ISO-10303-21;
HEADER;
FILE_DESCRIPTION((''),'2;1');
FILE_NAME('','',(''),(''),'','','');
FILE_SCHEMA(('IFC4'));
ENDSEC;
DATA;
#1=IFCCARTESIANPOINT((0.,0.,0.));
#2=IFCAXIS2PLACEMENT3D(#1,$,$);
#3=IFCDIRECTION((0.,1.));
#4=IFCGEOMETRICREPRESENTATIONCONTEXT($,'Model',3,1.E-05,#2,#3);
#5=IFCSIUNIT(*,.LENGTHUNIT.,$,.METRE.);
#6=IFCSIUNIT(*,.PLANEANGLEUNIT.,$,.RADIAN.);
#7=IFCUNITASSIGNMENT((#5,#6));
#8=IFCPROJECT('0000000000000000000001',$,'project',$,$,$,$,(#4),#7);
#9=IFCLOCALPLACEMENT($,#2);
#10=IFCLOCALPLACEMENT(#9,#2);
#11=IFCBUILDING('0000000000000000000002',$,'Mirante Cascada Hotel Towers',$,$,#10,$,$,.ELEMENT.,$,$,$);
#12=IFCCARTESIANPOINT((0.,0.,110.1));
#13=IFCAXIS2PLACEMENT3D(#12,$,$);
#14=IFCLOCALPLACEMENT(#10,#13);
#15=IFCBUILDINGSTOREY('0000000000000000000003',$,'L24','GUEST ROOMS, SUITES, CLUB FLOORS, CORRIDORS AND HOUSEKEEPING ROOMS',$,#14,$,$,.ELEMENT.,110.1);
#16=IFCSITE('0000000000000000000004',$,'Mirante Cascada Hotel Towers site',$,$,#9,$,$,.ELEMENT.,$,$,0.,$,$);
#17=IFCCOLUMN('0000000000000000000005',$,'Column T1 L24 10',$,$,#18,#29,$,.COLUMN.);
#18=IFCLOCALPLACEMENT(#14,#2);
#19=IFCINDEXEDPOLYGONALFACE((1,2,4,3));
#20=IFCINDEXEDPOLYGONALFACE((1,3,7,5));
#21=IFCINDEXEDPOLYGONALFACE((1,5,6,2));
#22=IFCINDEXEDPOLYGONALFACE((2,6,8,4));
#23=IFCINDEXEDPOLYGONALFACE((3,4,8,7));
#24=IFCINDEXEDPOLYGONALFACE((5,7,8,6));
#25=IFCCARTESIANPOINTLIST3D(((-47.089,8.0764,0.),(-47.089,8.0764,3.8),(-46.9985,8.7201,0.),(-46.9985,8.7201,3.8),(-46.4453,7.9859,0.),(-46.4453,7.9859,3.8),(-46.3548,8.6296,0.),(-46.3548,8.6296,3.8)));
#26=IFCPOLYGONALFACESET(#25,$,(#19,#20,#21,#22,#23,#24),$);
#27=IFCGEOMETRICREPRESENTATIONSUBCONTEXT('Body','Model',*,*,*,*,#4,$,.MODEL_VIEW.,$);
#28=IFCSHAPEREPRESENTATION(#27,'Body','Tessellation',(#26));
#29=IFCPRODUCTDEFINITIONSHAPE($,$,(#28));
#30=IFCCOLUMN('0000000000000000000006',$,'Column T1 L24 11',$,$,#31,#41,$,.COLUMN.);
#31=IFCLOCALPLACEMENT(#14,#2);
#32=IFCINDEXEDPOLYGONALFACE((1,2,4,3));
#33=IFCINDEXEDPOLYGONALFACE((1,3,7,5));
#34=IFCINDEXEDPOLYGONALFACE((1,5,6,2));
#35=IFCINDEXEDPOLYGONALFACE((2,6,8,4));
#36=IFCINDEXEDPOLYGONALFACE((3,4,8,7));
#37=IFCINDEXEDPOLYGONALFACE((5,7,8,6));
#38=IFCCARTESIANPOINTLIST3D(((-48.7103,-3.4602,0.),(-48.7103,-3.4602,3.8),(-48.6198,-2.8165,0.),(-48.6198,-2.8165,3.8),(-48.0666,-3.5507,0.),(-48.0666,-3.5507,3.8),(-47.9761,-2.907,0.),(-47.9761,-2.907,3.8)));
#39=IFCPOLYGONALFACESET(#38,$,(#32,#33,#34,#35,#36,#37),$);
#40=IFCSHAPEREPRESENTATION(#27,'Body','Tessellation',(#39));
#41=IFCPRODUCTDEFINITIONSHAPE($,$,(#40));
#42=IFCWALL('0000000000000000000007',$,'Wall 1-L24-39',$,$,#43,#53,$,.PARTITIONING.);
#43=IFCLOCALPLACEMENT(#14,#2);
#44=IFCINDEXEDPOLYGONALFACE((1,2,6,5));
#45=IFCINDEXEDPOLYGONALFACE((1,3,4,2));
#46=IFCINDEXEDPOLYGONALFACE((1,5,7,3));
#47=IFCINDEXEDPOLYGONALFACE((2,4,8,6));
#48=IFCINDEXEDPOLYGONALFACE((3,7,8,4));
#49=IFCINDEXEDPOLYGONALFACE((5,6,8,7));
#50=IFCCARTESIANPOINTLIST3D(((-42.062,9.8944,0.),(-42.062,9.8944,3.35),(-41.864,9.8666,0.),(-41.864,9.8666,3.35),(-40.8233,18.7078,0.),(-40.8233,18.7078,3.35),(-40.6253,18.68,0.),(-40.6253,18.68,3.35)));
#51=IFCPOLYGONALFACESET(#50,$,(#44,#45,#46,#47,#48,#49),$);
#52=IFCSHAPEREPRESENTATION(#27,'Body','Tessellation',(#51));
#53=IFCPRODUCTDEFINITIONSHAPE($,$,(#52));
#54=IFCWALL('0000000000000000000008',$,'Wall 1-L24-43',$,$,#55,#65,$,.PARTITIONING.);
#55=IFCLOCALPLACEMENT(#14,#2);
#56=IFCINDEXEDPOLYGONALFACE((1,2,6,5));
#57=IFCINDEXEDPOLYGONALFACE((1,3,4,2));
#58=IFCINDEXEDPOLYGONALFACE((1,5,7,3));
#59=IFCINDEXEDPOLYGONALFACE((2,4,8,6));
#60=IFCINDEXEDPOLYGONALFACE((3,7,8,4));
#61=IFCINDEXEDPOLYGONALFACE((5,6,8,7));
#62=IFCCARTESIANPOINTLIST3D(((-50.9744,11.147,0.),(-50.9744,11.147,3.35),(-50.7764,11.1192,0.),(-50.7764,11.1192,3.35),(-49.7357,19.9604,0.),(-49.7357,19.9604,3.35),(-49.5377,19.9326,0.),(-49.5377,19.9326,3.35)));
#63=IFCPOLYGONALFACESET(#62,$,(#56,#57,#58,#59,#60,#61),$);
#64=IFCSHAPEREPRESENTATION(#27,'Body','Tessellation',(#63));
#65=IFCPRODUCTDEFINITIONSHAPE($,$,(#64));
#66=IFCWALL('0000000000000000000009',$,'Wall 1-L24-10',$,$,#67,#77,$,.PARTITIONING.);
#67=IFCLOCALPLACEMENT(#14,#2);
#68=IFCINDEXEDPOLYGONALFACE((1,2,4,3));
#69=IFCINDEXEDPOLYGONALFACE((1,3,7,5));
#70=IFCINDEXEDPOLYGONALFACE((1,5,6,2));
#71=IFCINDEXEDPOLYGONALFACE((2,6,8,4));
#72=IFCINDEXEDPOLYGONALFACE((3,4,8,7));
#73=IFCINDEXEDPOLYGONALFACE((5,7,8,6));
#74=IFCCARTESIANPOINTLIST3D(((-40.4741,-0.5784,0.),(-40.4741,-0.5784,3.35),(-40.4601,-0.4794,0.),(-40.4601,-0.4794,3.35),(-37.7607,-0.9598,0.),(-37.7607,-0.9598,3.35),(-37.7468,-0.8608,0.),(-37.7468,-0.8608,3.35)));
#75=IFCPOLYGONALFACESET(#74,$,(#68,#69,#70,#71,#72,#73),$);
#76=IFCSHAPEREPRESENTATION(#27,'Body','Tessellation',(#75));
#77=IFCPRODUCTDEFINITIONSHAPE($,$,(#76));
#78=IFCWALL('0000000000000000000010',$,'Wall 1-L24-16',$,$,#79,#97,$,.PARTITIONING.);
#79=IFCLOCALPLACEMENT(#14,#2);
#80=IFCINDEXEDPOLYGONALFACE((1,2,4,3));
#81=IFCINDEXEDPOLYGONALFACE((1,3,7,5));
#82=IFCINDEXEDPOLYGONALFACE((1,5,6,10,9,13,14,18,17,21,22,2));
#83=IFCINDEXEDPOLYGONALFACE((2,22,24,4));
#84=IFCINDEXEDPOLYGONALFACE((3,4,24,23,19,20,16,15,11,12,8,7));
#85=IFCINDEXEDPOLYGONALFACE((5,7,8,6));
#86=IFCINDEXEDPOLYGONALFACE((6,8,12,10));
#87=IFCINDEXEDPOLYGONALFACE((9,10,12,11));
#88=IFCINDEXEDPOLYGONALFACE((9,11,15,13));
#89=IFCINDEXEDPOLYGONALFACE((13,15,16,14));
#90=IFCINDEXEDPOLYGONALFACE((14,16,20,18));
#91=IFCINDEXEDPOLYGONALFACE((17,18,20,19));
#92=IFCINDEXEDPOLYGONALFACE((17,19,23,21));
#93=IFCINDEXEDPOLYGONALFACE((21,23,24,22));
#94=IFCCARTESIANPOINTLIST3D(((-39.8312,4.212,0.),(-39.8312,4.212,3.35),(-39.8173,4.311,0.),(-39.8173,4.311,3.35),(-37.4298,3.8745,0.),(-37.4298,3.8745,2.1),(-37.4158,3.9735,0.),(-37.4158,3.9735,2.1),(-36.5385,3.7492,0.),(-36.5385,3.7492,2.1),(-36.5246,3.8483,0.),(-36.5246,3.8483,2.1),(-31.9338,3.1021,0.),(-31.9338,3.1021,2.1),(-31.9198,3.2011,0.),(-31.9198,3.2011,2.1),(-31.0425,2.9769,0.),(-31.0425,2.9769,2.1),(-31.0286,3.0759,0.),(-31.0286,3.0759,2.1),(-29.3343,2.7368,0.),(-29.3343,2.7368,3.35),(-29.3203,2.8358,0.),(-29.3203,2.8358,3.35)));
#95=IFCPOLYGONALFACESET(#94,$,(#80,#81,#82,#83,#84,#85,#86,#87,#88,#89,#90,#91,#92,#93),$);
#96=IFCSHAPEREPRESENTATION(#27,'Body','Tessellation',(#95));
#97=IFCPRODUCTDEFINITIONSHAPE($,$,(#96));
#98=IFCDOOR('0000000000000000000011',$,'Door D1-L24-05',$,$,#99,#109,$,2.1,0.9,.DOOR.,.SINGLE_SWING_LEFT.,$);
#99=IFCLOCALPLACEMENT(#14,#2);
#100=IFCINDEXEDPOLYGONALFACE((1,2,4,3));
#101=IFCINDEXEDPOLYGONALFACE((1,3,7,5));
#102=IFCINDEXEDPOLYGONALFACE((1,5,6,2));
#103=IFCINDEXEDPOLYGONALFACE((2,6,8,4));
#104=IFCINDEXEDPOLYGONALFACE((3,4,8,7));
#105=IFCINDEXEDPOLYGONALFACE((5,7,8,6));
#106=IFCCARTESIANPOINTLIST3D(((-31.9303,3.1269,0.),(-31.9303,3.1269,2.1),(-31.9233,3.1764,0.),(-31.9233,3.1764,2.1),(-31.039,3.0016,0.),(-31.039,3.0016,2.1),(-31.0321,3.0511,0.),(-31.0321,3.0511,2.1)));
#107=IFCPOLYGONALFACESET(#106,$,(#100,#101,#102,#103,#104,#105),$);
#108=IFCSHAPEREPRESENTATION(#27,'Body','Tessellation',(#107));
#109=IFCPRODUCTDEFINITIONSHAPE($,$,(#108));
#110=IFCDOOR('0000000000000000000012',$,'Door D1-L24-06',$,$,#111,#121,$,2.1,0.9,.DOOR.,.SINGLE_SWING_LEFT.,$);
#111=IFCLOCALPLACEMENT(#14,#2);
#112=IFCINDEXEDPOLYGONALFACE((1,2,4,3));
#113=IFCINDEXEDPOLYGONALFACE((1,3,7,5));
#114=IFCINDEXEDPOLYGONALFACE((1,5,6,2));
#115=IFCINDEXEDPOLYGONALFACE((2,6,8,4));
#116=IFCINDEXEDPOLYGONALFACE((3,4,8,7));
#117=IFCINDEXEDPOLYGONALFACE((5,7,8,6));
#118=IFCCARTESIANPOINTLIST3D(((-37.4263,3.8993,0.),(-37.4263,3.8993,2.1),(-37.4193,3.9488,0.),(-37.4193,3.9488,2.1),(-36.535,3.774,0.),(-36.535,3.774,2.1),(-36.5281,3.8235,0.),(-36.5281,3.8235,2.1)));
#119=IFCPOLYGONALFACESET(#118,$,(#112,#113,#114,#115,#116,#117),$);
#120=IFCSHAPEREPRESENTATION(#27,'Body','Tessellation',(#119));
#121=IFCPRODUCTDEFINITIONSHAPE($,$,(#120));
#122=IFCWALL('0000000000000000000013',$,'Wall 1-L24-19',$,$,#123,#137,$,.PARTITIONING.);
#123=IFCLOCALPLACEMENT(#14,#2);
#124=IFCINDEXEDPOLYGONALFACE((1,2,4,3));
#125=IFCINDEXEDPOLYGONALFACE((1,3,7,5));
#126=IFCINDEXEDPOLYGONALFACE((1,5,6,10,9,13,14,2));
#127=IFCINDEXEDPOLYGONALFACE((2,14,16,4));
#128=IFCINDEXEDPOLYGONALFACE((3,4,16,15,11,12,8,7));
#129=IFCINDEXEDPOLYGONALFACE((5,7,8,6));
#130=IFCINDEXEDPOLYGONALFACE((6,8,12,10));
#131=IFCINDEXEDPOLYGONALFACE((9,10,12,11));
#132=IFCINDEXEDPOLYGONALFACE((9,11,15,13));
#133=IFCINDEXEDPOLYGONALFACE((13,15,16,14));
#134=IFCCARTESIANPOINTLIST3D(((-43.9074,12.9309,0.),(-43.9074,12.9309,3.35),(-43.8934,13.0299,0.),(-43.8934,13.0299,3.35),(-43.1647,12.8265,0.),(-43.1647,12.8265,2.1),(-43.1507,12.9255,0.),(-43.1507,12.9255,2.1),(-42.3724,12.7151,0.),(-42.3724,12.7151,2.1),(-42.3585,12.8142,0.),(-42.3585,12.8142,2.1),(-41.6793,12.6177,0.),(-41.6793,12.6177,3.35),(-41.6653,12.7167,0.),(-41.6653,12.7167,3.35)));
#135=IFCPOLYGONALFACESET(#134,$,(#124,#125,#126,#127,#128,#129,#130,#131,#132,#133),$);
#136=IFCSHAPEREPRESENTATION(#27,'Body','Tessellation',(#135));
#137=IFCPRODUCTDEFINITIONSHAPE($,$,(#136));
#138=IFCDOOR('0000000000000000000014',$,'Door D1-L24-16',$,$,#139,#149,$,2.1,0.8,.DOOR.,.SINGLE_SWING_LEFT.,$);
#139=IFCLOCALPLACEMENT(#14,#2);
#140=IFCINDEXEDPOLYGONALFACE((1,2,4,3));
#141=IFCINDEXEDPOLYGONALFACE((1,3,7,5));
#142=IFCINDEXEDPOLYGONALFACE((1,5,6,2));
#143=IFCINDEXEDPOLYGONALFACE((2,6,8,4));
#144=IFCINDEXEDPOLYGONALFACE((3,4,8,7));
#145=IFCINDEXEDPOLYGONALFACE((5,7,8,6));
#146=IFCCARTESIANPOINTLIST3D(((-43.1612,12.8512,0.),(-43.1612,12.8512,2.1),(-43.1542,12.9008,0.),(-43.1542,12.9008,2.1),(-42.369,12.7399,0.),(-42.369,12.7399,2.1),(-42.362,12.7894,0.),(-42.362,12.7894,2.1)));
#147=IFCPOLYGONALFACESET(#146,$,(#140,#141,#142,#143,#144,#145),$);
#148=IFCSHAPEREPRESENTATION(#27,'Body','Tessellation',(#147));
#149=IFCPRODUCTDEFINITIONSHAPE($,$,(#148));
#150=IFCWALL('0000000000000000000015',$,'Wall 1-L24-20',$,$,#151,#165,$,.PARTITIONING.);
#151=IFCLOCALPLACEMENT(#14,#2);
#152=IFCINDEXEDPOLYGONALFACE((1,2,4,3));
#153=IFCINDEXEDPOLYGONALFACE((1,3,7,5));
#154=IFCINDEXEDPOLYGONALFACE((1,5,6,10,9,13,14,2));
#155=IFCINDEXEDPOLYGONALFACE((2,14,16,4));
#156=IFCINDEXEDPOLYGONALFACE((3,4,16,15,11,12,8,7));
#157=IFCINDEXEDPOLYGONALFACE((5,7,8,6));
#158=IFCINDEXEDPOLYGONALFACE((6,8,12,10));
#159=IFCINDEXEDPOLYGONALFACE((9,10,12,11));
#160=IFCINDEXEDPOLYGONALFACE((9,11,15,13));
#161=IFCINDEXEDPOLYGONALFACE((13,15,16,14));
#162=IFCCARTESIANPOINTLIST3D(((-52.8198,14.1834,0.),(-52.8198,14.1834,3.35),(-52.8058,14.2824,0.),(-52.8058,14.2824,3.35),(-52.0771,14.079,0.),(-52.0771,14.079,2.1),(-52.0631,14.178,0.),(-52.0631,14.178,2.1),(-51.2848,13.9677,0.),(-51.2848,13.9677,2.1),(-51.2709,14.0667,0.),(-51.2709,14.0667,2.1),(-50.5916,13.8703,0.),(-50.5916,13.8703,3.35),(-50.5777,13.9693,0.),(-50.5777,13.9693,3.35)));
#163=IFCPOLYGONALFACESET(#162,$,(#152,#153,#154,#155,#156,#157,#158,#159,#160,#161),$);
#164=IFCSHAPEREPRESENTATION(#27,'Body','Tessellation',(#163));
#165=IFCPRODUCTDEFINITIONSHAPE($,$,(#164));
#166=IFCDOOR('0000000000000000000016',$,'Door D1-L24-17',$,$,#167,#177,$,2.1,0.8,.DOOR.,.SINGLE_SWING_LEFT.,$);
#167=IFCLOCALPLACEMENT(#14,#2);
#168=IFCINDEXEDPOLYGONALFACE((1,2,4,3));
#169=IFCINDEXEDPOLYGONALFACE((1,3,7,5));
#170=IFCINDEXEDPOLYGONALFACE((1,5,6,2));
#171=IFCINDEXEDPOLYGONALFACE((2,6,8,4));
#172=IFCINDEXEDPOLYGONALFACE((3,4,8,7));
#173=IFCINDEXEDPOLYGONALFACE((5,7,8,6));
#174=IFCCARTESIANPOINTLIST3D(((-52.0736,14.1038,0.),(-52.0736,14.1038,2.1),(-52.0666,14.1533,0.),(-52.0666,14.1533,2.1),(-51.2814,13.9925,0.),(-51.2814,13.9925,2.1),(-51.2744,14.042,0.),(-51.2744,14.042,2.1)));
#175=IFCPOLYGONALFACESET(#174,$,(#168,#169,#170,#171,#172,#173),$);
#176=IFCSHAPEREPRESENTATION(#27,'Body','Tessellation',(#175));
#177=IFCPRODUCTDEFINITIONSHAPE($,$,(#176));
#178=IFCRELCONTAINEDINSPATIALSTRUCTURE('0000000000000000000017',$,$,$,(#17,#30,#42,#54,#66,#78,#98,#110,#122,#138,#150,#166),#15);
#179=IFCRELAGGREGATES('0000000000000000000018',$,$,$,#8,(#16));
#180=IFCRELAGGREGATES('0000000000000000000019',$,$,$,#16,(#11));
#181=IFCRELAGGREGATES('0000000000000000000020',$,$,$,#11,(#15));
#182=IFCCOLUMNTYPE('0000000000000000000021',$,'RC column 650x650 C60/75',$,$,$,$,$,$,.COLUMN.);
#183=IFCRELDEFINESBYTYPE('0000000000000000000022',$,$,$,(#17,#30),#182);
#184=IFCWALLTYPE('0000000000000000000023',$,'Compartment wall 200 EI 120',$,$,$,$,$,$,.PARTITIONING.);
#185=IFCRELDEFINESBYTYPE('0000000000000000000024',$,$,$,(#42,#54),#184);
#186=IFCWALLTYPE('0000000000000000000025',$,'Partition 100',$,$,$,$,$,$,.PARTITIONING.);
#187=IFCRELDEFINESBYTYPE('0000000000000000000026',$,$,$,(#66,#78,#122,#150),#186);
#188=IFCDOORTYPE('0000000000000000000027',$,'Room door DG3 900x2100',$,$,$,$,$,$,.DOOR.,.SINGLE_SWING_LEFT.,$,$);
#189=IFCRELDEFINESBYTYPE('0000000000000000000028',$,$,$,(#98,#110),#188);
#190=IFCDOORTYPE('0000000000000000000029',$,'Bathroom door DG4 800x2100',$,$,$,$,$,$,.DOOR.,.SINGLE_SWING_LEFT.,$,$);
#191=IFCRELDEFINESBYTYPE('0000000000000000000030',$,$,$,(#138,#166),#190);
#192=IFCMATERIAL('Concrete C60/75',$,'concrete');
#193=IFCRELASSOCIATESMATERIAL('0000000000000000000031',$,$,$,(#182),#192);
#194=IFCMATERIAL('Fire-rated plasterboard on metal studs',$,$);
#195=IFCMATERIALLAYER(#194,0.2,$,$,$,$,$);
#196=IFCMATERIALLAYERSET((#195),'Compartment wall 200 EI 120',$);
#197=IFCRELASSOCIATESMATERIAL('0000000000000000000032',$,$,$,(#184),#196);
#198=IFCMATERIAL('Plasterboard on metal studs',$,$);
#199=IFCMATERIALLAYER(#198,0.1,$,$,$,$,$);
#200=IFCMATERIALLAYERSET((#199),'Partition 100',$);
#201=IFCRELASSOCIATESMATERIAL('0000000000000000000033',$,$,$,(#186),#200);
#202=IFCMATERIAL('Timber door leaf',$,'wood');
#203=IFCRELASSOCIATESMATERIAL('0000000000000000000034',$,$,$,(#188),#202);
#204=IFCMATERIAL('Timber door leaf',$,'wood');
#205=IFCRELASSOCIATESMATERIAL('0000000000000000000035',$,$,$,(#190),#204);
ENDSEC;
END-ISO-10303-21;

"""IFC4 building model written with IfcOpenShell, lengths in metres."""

from ifc_helpers import new_model, si_unit, direction, frame, frame_2d, origin, origin_2d, place, context, subcontext, project, spatial, rectangle, extrude, material, layer, layer_set, material_profile, profile_set, type_object, element, fill, save


model = new_model("IFC4")

# Units and contexts
model_context = context("Model", 3, precision=1e-05, world=origin(), true_north=direction((0.0, 1.0)))
body_context = subcontext(model_context, "Body", "Model", "MODEL_VIEW")
ifc_project = project(units=[si_unit("LENGTHUNIT", "METRE"), si_unit("PLANEANGLEUNIT", "RADIAN")], contexts=[model_context])

# Site, building, storey
site_placement = place(None, origin())
site = spatial("IfcSite", under=ifc_project, at=site_placement, Name="Mirante Cascada Hotel Towers site", CompositionType="ELEMENT", RefElevation=0.0)
building_placement = place(site_placement, origin())
building = spatial("IfcBuilding", under=site, at=building_placement, Name="Mirante Cascada Hotel Towers", CompositionType="ELEMENT")
storey_placement = place(building_placement, frame((0.0, 0.0, 110.1)))
storey = spatial("IfcBuildingStorey", under=building, at=storey_placement, Name="L24", Description="GUEST ROOMS, SUITES, CLUB FLOORS, CORRIDORS AND HOUSEKEEPING ROOMS", CompositionType="ELEMENT", Elevation=110.1)

# Columns
ifc_material_1 = material(Name="Concrete C60/75", Category="concrete")
ifc_material_profile = material_profile(ifc_material_1, rectangle(XDim=0.65, YDim=0.65, at=origin_2d()), Name="RC column 650x650 C60/75")
ifc_profile_set = profile_set([ifc_material_profile], Name="Concrete C60/75")
column_type = type_object("IfcColumnType", Name="RC column 650x650 C60/75", PredefinedType="COLUMN", material=ifc_profile_set)
for number, where, z_axis, x_axis, name in (
    (1, (-46.7219, 8.353, 0.0), (0.0, 0.0, 1.0), (-0.990268, 0.139173, 0.0), "Column T1 L24 10"),
    (2, (-48.3432, -3.1836, 0.0), (0.0, 0.0, 1.0), (-0.990268, 0.139173, 0.0), "Column T1 L24 11"),
):
    element("IfcColumn", number, at=place(storey_placement, frame(where, z_axis=z_axis, x_axis=x_axis)), inside=storey, type_object=column_type, Name=name, PredefinedType="COLUMN", context=body_context, shape_type="SweptSolid", body=[
        extrude(rectangle(XDim=0.65, YDim=0.65, at=origin_2d()), origin(), (0.0, 0.0, 1.0), 3.8),
    ])

# Walls
ifc_material_2 = material(Name="Fire-rated plasterboard on metal studs")
ifc_layer_1 = layer(ifc_material_2, 0.2)
ifc_layer_set_1 = layer_set([ifc_layer_1], Name="Compartment wall 200 EI 120")
wall_type_1 = type_object("IfcWallType", Name="Compartment wall 200 EI 120", PredefinedType="PARTITIONING", material=ifc_layer_set_1)
for number, where, z_axis, x_axis, name in (
    (3, (-41.963, 9.8805, 0.0), (0.0, 0.0, 1.0), (0.139179, 0.990267, 0.0), "Wall 1-L24-39"),
    (4, (-50.8754, 11.1331, 0.0), (0.0, 0.0, 1.0), (0.139179, 0.990267, 0.0), "Wall 1-L24-43"),
):
    element("IfcWall", number, at=place(storey_placement, frame(where, z_axis=z_axis, x_axis=x_axis)), inside=storey, type_object=wall_type_1, Name=name, PredefinedType="PARTITIONING", context=body_context, shape_type="SweptSolid", body=[
        extrude(rectangle(XDim=8.9, YDim=0.2, at=frame_2d((4.45, 0.0))), origin(), (0.0, 0.0, 1.0), 3.35),
    ])
ifc_material_3 = material(Name="Plasterboard on metal studs")
ifc_layer_2 = layer(ifc_material_3, 0.1)
ifc_layer_set_2 = layer_set([ifc_layer_2], Name="Partition 100")
wall_type_2 = type_object("IfcWallType", Name="Partition 100", PredefinedType="PARTITIONING", material=ifc_layer_set_2)
wall_1_placement = place(storey_placement, frame((-40.4671, -0.5289, 0.0), z_axis=(0.0, 0.0, 1.0), x_axis=(0.990264, -0.139198, 0.0)))
element("IfcWall", 5, at=wall_1_placement, inside=storey, type_object=wall_type_2, Name="Wall 1-L24-10", PredefinedType="PARTITIONING", context=body_context, shape_type="SweptSolid", body=[
    extrude(rectangle(XDim=2.74, YDim=0.1, at=frame_2d((1.37, 0.0))), origin(), (0.0, 0.0, 1.0), 3.35),
])

# Wall, openings, doors
wall_2_placement = place(storey_placement, frame((-39.8242, 4.2615, 0.0), z_axis=(0.0, 0.0, 1.0), x_axis=(0.990269, -0.139169, 0.0)))
wall_2 = element("IfcWall", 6, at=wall_2_placement, inside=storey, type_object=wall_type_2, Name="Wall 1-L24-16", PredefinedType="PARTITIONING", context=body_context, shape_type="SweptSolid", body=[
    extrude(rectangle(XDim=10.6001, YDim=0.1, at=frame_2d((5.3, 0.0))), origin(), (0.0, 0.0, 1.0), 3.35),
])
opening_1_placement = place(wall_2_placement, frame((7.975, 0.0, 0.0)))
opening_1 = element("IfcOpeningElement", 7, at=opening_1_placement, cuts=wall_2, PredefinedType="OPENING", context=body_context, shape_type="SweptSolid", body=[
    extrude(rectangle(XDim=0.9, YDim=2.1, at=frame_2d((0.45, 1.05))), frame((0.0, 0.05, 0.0), z_axis=(0.0, -1.0, 0.0), x_axis=(1.0, 0.0, 0.0)), (0.0, 0.0, 1.0), 0.1),
])
opening_2_placement = place(wall_2_placement, frame((2.425, 0.0, 0.0)))
opening_2 = element("IfcOpeningElement", 8, at=opening_2_placement, cuts=wall_2, PredefinedType="OPENING", context=body_context, shape_type="SweptSolid", body=[
    extrude(rectangle(XDim=0.9, YDim=2.1, at=frame_2d((0.45, 1.05))), frame((0.0, 0.05, 0.0), z_axis=(0.0, -1.0, 0.0), x_axis=(1.0, 0.0, 0.0)), (0.0, 0.0, 1.0), 0.1),
])
ifc_material_4 = material(Name="Timber door leaf", Category="wood")
door_type_1 = type_object("IfcDoorType", Name="Room door DG3 900x2100", OperationType="SINGLE_SWING_LEFT", PredefinedType="DOOR", material=ifc_material_4)
door_1_placement = place(opening_1_placement, origin())
door_1 = element("IfcDoor", 9, at=door_1_placement, inside=storey, type_object=door_type_1, Name="Door D1-L24-05", OperationType="SINGLE_SWING_LEFT", OverallHeight=2.1, OverallWidth=0.9, PredefinedType="DOOR", context=body_context, shape_type="SweptSolid", body=[
    extrude(rectangle(XDim=0.9, YDim=2.1, at=frame_2d((0.45, 1.05))), frame((0.0, 0.025, 0.0), z_axis=(0.0, -1.0, 0.0), x_axis=(1.0, 0.0, 0.0)), (0.0, 0.0, 1.0), 0.05),
])
fill(opening_1, door_1)
door_2_placement = place(opening_2_placement, origin())
door_2 = element("IfcDoor", 10, at=door_2_placement, inside=storey, type_object=door_type_1, Name="Door D1-L24-06", OperationType="SINGLE_SWING_LEFT", OverallHeight=2.1, OverallWidth=0.9, PredefinedType="DOOR", context=body_context, shape_type="SweptSolid", body=[
    extrude(rectangle(XDim=0.9, YDim=2.1, at=frame_2d((0.45, 1.05))), frame((0.0, 0.025, 0.0), z_axis=(0.0, -1.0, 0.0), x_axis=(1.0, 0.0, 0.0)), (0.0, 0.0, 1.0), 0.05),
])
fill(opening_2, door_2)

# Walls, openings, doors
wall_3_placement = place(storey_placement, frame((-41.6723, 12.6672, 0.0), z_axis=(0.0, 0.0, 1.0), x_axis=(-0.990264, 0.1392, 0.0)))
wall_3 = element("IfcWall", 11, at=wall_3_placement, inside=storey, type_object=wall_type_2, Name="Wall 1-L24-19", PredefinedType="PARTITIONING", context=body_context, shape_type="SweptSolid", body=[
    extrude(rectangle(XDim=2.25, YDim=0.1, at=frame_2d((1.125, 0.0))), origin(), (0.0, 0.0, 1.0), 3.35),
])
opening_3_placement = place(wall_3_placement, frame((0.7, 0.0, 0.0)))
opening_3 = element("IfcOpeningElement", 12, at=opening_3_placement, cuts=wall_3, PredefinedType="OPENING", context=body_context, shape_type="SweptSolid", body=[
    extrude(rectangle(XDim=0.8, YDim=2.1, at=frame_2d((0.4, 1.05))), frame((0.0, 0.05, 0.0), z_axis=(0.0, -1.0, 0.0), x_axis=(1.0, 0.0, 0.0)), (0.0, 0.0, 1.0), 0.1),
])
ifc_material_5 = material(Name="Timber door leaf", Category="wood")
door_type_2 = type_object("IfcDoorType", Name="Bathroom door DG4 800x2100", OperationType="SINGLE_SWING_LEFT", PredefinedType="DOOR", material=ifc_material_5)
door_3_placement = place(opening_3_placement, origin())
door_3 = element("IfcDoor", 13, at=door_3_placement, inside=storey, type_object=door_type_2, Name="Door D1-L24-16", OperationType="SINGLE_SWING_LEFT", OverallHeight=2.1, OverallWidth=0.8, PredefinedType="DOOR", context=body_context, shape_type="SweptSolid", body=[
    extrude(rectangle(XDim=0.8, YDim=2.1, at=frame_2d((0.4, 1.05))), frame((0.0, 0.025, 0.0), z_axis=(0.0, -1.0, 0.0), x_axis=(1.0, 0.0, 0.0)), (0.0, 0.0, 1.0), 0.05),
])
fill(opening_3, door_3)
wall_4_placement = place(storey_placement, frame((-52.8128, 14.2329, 0.0), z_axis=(0.0, 0.0, 1.0), x_axis=(0.990271, -0.139156, 0.0)))
wall_4 = element("IfcWall", 14, at=wall_4_placement, inside=storey, type_object=wall_type_2, Name="Wall 1-L24-20", PredefinedType="PARTITIONING", context=body_context, shape_type="SweptSolid", body=[
    extrude(rectangle(XDim=2.25, YDim=0.1, at=frame_2d((1.125, 0.0))), origin(), (0.0, 0.0, 1.0), 3.35),
])
opening_4_placement = place(wall_4_placement, frame((0.75, 0.0, 0.0)))
opening_4 = element("IfcOpeningElement", 15, at=opening_4_placement, cuts=wall_4, PredefinedType="OPENING", context=body_context, shape_type="SweptSolid", body=[
    extrude(rectangle(XDim=0.8, YDim=2.1, at=frame_2d((0.4, 1.05))), frame((0.0, 0.05, 0.0), z_axis=(0.0, -1.0, 0.0), x_axis=(1.0, 0.0, 0.0)), (0.0, 0.0, 1.0), 0.1),
])
door_4_placement = place(opening_4_placement, origin())
door_4 = element("IfcDoor", 16, at=door_4_placement, inside=storey, type_object=door_type_2, Name="Door D1-L24-17", OperationType="SINGLE_SWING_LEFT", OverallHeight=2.1, OverallWidth=0.8, PredefinedType="DOOR", context=body_context, shape_type="SweptSolid", body=[
    extrude(rectangle(XDim=0.8, YDim=2.1, at=frame_2d((0.4, 1.05))), frame((0.0, 0.025, 0.0), z_axis=(0.0, -1.0, 0.0), x_axis=(1.0, 0.0, 0.0)), (0.0, 0.0, 1.0), 0.05),
])
fill(opening_4, door_4)

save(model, "model.ifc")
